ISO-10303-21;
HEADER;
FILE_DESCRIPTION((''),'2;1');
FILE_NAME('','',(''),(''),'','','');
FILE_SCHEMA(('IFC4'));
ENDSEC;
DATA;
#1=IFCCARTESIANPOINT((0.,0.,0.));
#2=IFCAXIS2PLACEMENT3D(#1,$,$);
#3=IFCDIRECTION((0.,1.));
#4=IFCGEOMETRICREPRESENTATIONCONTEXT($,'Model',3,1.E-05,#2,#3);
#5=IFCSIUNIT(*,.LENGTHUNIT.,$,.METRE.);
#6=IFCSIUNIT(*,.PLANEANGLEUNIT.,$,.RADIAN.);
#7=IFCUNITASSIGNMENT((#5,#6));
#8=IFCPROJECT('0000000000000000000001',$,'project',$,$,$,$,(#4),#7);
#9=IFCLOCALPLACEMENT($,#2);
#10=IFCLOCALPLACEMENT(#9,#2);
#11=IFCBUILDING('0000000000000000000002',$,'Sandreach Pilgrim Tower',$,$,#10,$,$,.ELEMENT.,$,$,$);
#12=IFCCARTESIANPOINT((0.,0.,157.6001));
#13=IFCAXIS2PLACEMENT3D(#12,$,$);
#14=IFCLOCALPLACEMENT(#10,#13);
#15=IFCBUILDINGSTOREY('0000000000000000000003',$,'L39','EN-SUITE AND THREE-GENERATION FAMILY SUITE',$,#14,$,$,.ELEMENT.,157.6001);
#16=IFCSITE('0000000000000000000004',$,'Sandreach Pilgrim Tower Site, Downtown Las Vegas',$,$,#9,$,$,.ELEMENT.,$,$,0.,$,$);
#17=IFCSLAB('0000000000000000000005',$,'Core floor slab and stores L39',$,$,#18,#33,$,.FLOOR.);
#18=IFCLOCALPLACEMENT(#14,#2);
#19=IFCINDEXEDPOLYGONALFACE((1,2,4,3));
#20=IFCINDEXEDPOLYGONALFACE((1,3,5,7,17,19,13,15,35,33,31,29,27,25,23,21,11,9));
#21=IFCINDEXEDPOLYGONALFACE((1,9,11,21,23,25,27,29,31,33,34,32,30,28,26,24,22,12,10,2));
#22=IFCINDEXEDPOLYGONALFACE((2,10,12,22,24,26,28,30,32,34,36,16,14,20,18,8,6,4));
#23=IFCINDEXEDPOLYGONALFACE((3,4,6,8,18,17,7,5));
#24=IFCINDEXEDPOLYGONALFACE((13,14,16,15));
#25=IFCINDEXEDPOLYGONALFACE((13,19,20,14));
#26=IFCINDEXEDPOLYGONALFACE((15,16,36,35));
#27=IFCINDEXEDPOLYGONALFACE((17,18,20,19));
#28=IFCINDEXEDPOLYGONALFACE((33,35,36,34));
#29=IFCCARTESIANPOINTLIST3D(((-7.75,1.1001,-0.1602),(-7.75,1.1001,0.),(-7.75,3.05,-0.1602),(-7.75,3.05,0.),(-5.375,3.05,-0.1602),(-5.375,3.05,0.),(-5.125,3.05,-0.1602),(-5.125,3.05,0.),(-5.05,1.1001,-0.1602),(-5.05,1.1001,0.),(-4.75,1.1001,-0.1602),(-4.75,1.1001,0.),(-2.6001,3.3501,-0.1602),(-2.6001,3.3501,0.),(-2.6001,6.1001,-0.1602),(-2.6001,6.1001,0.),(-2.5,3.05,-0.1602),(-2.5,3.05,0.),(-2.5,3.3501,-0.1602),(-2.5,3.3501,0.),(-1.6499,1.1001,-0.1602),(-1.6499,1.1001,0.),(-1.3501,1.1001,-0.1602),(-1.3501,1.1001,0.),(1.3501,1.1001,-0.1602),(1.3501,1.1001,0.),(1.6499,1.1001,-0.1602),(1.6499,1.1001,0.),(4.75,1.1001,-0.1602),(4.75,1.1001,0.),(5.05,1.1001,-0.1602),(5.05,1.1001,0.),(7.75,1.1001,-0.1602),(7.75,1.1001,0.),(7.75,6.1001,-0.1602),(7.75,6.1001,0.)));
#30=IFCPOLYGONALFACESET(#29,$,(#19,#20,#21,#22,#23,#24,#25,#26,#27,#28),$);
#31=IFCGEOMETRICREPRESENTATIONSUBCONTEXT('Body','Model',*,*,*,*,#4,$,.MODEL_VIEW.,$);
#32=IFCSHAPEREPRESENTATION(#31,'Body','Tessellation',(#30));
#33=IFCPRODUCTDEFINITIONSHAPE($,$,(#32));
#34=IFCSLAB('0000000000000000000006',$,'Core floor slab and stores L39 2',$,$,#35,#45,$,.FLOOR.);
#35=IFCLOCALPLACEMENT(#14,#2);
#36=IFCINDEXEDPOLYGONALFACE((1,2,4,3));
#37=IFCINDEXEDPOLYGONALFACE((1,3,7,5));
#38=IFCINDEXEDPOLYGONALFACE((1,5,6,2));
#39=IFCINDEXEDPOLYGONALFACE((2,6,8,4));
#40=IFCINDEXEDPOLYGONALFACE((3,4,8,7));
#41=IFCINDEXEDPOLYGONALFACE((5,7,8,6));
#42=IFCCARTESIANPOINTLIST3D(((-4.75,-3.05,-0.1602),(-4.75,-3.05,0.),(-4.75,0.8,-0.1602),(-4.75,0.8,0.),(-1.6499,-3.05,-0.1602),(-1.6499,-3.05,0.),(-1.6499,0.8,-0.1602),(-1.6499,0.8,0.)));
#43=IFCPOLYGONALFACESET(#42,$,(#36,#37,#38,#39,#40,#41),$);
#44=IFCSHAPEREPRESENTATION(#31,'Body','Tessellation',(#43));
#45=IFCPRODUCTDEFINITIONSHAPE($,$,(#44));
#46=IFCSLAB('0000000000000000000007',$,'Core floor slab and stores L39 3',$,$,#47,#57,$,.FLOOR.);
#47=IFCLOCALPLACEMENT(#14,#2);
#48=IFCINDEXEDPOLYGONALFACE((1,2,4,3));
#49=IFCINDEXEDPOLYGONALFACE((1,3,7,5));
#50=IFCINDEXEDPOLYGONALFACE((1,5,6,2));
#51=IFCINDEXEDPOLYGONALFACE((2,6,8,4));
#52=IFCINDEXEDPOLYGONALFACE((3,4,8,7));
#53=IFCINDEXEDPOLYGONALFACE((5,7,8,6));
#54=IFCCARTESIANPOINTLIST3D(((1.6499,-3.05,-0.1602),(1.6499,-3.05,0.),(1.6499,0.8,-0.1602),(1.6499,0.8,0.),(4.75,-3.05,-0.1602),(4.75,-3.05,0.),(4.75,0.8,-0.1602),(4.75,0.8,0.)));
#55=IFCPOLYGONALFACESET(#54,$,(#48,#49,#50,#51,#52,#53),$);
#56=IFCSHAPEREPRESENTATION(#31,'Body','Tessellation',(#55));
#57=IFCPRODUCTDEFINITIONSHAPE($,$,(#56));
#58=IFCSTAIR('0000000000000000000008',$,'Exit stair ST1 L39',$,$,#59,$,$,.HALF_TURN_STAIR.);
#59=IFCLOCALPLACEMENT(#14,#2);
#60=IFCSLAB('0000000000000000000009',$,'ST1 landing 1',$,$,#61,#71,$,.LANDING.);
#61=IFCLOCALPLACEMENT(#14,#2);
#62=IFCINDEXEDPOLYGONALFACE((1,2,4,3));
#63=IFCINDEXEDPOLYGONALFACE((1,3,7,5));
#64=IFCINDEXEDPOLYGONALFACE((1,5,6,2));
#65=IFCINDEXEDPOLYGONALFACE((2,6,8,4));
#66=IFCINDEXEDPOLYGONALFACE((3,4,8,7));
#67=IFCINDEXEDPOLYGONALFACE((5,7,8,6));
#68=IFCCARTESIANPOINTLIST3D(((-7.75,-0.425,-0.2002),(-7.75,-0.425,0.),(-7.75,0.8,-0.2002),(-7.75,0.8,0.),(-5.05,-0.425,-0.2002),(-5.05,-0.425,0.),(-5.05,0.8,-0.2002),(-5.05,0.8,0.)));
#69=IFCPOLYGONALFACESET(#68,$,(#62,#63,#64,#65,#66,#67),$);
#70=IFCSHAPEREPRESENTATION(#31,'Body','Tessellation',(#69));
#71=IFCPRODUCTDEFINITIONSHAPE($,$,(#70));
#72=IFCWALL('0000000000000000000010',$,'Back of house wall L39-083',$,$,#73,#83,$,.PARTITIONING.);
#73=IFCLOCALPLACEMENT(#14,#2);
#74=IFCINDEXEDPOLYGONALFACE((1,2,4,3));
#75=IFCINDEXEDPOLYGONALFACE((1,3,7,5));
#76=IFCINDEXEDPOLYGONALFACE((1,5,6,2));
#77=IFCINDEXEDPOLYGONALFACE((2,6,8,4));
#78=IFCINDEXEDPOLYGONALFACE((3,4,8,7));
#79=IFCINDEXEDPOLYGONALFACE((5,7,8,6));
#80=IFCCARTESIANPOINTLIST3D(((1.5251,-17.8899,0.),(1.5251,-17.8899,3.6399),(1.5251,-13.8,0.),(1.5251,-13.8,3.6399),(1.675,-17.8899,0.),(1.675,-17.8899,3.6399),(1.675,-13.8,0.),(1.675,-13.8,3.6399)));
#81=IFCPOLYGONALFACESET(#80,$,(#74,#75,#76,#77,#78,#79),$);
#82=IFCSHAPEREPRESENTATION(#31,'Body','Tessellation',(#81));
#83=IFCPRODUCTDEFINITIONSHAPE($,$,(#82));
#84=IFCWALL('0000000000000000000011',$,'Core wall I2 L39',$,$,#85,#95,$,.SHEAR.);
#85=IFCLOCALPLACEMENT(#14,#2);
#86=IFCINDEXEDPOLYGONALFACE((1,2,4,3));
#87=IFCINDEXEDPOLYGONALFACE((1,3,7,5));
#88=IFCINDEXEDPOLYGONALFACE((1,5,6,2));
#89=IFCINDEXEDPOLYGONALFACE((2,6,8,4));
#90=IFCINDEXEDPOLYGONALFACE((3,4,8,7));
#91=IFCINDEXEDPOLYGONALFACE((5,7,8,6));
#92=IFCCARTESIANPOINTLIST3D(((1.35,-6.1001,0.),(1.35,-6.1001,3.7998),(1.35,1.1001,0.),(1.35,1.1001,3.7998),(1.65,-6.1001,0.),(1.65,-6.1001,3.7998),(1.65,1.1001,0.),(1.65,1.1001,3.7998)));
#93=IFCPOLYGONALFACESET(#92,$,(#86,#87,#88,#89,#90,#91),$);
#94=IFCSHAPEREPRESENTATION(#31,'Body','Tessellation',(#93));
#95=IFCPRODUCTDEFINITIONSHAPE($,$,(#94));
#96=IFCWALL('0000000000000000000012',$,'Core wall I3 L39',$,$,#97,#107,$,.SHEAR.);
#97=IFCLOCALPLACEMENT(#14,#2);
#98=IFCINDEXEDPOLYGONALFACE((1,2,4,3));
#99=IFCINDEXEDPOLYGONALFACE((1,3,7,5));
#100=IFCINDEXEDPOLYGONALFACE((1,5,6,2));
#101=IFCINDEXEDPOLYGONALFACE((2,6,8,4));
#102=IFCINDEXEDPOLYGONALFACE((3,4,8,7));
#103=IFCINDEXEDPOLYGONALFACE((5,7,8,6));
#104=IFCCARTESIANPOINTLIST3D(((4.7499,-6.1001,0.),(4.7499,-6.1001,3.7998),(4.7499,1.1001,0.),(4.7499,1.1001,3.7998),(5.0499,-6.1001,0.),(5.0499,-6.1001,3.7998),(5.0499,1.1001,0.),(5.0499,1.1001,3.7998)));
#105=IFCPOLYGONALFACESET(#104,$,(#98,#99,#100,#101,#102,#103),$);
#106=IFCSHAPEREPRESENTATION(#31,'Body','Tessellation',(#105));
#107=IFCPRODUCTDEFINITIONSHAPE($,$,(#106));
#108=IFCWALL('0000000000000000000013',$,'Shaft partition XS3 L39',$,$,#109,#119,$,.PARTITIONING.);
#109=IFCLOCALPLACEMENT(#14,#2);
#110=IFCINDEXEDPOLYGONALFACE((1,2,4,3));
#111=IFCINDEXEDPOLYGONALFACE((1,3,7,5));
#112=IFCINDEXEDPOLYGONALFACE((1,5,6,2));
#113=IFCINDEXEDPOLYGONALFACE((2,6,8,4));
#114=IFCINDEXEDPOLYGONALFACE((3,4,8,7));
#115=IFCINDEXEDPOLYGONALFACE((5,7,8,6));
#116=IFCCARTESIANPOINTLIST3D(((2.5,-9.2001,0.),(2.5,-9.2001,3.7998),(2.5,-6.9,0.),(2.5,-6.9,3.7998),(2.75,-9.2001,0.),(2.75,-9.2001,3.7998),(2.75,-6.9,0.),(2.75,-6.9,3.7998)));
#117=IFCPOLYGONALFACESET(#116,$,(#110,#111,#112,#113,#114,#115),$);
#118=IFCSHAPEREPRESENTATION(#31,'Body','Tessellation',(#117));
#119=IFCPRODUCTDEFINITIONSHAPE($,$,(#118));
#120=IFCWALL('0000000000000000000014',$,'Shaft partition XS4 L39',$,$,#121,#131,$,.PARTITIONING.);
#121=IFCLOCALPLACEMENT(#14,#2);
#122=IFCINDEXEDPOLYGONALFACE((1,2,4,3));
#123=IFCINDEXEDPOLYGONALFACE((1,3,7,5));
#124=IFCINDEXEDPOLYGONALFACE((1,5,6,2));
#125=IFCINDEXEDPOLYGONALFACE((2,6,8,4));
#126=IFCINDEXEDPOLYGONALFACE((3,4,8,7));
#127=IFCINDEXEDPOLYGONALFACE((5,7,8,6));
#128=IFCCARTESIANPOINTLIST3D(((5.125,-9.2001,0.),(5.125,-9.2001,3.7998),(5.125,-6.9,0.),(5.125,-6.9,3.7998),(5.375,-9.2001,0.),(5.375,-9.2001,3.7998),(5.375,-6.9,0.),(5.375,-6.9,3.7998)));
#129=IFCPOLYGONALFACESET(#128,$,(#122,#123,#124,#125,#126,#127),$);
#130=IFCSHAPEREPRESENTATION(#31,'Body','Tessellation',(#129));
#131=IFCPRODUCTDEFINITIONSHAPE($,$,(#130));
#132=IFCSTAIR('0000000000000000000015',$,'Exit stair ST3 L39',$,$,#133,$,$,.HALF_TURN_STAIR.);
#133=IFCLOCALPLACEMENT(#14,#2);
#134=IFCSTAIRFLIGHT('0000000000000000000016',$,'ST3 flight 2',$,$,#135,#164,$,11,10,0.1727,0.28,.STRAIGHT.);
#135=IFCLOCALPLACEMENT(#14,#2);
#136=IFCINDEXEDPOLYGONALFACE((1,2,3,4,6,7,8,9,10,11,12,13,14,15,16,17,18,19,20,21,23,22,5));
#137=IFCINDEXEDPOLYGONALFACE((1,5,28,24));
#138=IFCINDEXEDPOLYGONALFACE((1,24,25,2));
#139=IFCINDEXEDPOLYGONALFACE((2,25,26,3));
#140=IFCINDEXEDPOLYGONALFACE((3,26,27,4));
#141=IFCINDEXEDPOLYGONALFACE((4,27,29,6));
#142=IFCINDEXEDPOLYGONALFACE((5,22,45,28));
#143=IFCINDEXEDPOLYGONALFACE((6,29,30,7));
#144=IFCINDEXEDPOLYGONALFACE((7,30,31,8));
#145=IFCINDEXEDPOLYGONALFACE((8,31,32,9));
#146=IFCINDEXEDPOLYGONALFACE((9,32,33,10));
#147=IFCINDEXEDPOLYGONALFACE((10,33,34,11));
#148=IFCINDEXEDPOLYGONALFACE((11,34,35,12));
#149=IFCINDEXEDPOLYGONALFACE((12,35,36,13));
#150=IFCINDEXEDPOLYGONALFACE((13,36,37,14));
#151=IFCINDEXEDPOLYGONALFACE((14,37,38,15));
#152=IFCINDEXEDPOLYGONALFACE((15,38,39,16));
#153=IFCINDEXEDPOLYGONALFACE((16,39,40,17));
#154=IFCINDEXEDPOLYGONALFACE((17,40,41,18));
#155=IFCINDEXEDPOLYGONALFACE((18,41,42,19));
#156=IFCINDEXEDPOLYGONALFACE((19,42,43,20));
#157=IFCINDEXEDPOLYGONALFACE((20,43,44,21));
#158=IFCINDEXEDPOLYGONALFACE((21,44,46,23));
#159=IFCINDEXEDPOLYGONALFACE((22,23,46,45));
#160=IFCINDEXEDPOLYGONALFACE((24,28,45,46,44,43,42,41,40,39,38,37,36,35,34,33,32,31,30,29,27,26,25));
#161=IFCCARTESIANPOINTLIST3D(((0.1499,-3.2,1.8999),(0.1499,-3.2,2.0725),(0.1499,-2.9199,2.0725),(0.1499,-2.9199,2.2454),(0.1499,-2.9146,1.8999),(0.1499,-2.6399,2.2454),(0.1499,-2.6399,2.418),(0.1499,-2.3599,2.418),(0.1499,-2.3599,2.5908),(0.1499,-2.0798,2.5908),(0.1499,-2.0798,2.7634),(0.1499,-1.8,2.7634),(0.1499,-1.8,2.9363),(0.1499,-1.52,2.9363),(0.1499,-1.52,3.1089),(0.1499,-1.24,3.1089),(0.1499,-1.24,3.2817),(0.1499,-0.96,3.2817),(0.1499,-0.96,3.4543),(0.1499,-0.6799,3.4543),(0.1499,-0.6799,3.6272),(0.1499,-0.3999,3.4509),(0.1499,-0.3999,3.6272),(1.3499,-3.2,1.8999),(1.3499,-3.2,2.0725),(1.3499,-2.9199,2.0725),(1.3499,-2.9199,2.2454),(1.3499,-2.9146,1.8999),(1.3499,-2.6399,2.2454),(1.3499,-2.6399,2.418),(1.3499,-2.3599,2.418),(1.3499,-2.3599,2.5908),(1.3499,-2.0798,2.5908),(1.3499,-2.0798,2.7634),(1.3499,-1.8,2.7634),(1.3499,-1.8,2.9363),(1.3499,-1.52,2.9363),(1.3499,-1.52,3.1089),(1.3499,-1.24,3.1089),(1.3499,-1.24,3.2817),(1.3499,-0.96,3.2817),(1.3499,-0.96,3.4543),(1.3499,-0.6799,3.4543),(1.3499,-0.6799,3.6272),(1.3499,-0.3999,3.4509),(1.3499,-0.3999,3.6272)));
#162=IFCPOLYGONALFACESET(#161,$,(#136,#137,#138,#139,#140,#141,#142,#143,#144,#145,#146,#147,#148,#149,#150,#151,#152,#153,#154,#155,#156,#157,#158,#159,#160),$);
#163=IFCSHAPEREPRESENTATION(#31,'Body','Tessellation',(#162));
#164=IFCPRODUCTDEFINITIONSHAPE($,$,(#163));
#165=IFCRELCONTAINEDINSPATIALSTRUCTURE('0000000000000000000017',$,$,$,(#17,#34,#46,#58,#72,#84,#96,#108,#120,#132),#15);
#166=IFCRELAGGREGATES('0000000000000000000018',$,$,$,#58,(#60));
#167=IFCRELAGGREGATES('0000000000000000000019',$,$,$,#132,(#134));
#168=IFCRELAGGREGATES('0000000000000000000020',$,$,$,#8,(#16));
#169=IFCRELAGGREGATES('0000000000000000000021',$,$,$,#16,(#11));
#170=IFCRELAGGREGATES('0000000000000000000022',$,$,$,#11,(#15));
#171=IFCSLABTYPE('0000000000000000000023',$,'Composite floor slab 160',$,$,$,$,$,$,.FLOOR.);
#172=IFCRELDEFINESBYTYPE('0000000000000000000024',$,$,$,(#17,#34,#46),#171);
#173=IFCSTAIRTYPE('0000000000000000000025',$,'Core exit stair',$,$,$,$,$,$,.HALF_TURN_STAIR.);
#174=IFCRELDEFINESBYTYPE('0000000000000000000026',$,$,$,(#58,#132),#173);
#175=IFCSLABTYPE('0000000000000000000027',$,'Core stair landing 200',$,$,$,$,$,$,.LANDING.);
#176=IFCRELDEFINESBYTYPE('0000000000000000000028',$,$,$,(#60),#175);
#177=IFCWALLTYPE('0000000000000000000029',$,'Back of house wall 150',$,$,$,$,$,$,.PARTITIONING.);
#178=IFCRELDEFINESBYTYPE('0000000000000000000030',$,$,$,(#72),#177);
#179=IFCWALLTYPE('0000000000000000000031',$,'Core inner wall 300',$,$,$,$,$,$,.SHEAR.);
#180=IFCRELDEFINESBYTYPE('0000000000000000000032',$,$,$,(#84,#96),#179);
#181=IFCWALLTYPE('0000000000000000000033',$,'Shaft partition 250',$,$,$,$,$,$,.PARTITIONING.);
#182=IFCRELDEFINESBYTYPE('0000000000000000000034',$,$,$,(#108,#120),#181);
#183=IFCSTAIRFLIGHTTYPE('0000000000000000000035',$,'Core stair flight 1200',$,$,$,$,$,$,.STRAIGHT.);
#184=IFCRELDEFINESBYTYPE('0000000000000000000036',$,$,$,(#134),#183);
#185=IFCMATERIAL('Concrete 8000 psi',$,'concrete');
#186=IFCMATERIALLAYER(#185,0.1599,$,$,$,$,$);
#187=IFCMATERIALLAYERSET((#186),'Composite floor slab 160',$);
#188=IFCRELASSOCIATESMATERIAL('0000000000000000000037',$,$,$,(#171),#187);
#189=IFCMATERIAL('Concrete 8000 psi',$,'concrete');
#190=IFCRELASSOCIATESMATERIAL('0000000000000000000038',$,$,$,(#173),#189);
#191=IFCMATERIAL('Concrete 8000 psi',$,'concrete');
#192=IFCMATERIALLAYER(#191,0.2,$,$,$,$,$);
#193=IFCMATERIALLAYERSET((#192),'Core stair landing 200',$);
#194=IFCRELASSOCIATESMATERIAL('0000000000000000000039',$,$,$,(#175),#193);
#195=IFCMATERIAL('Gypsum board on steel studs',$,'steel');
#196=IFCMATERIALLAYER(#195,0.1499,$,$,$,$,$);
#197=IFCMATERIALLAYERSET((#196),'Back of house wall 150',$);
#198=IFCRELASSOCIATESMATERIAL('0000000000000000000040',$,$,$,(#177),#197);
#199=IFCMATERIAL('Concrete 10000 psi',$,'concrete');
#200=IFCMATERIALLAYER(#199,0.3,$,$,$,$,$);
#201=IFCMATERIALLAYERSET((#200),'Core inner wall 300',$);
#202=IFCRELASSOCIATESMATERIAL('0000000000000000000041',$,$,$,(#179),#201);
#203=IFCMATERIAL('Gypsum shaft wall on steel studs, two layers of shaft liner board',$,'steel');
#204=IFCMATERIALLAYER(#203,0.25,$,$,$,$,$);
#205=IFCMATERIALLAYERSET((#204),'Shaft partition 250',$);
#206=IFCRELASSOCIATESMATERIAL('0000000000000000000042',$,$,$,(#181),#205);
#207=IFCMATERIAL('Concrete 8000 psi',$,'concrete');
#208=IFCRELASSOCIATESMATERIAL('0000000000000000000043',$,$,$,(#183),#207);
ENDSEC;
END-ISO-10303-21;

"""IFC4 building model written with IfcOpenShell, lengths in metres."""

from ifc_helpers import new_model, si_unit, direction, frame, frame_2d, origin, place, context, subcontext, project, spatial, polyline, rectangle, outline, extrude, material, layer, layer_set, type_object, element, aggregate, save


model = new_model("IFC4")

# Units and contexts
model_context = context("Model", 3, precision=1e-05, world=origin(), true_north=direction((0.0, 1.0)))
body_context = subcontext(model_context, "Body", "Model", "MODEL_VIEW")
ifc_project = project(units=[si_unit("LENGTHUNIT", "METRE"), si_unit("PLANEANGLEUNIT", "RADIAN")], contexts=[model_context])

# Site, building, storey
site_placement = place(None, origin())
site = spatial("IfcSite", under=ifc_project, at=site_placement, Name="Sandreach Pilgrim Tower Site, Downtown Las Vegas", CompositionType="ELEMENT", RefElevation=0.0)
building_placement = place(site_placement, origin())
building = spatial("IfcBuilding", under=site, at=building_placement, Name="Sandreach Pilgrim Tower", CompositionType="ELEMENT")
storey_placement = place(building_placement, frame((0.0, 0.0, 157.6001)))
storey = spatial("IfcBuildingStorey", under=building, at=storey_placement, Name="L39", Description="EN-SUITE AND THREE-GENERATION FAMILY SUITE", CompositionType="ELEMENT", Elevation=157.6001)

# Slabs
ifc_material_1 = material(Name="Concrete 8000 psi", Category="concrete")
ifc_layer_1 = layer(ifc_material_1, 0.1599)
ifc_layer_set_1 = layer_set([ifc_layer_1], Name="Composite floor slab 160")
slab_type_1 = type_object("IfcSlabType", Name="Composite floor slab 160", PredefinedType="FLOOR", material=ifc_layer_set_1)
slab_1_placement = place(storey_placement, frame((0.0, 0.0, -0.1602)))
element("IfcSlab", 1, at=slab_1_placement, inside=storey, type_object=slab_type_1, Name="Core floor slab and stores L39", PredefinedType="FLOOR", context=body_context, shape_type="SweptSolid", body=[
    extrude(outline(polyline([(-7.75, 3.05), (-5.375, 3.05), (-5.125, 3.05), (-2.5, 3.05), (-2.5, 3.3501), (-2.6001, 3.3501), (-2.6001, 6.1001), (7.75, 6.1001), (7.75, 1.1001), (5.05, 1.1001), (4.75, 1.1001), (1.6499, 1.1001), (1.3501, 1.1001), (-1.3501, 1.1001), (-1.6499, 1.1001), (-4.75, 1.1001), (-5.05, 1.1001), (-7.75, 1.1001), (-7.75, 3.05)])), origin(), (0.0, 0.0, 1.0), 0.1602),
])
slab_2_placement = place(storey_placement, frame((0.0, 0.0, -0.1602)))
element("IfcSlab", 2, at=slab_2_placement, inside=storey, type_object=slab_type_1, Name="Core floor slab and stores L39 2", PredefinedType="FLOOR", context=body_context, shape_type="SweptSolid", body=[
    extrude(outline(polyline([(-1.6499, -3.05), (-4.75, -3.05), (-4.75, 0.8), (-1.6499, 0.8), (-1.6499, -3.05)])), origin(), (0.0, 0.0, 1.0), 0.1602),
])
slab_3_placement = place(storey_placement, frame((0.0, 0.0, -0.1602)))
element("IfcSlab", 3, at=slab_3_placement, inside=storey, type_object=slab_type_1, Name="Core floor slab and stores L39 3", PredefinedType="FLOOR", context=body_context, shape_type="SweptSolid", body=[
    extrude(outline(polyline([(4.75, -3.05), (1.6499, -3.05), (1.6499, 0.8), (4.75, 0.8), (4.75, -3.05)])), origin(), (0.0, 0.0, 1.0), 0.1602),
])

# Stair, slab
ifc_material_2 = material(Name="Concrete 8000 psi", Category="concrete")
stair_type = type_object("IfcStairType", Name="Core exit stair", PredefinedType="HALF_TURN_STAIR", material=ifc_material_2)
stair_1_placement = place(storey_placement, origin())
stair_1 = element("IfcStair", 4, at=stair_1_placement, inside=storey, type_object=stair_type, Name="Exit stair ST1 L39", PredefinedType="HALF_TURN_STAIR")
ifc_material_3 = material(Name="Concrete 8000 psi", Category="concrete")
ifc_layer_2 = layer(ifc_material_3, 0.2)
ifc_layer_set_2 = layer_set([ifc_layer_2], Name="Core stair landing 200")
slab_type_2 = type_object("IfcSlabType", Name="Core stair landing 200", PredefinedType="LANDING", material=ifc_layer_set_2)
slab_4_placement = place(storey_placement, frame((0.0, 0.0, -0.2002)))
slab_4 = element("IfcSlab", 5, at=slab_4_placement, type_object=slab_type_2, Name="ST1 landing 1", PredefinedType="LANDING", context=body_context, shape_type="SweptSolid", body=[
    extrude(outline(polyline([(-7.75, -0.425), (-5.05, -0.425), (-5.05, 0.8), (-7.75, 0.8), (-7.75, -0.425)])), origin(), (0.0, 0.0, 1.0), 0.2002),
])
aggregate(stair_1, [slab_4])

# Walls
ifc_material_4 = material(Name="Gypsum board on steel studs", Category="steel")
ifc_layer_3 = layer(ifc_material_4, 0.1499)
ifc_layer_set_3 = layer_set([ifc_layer_3], Name="Back of house wall 150")
wall_type_1 = type_object("IfcWallType", Name="Back of house wall 150", PredefinedType="PARTITIONING", material=ifc_layer_set_3)
wall_1_placement = place(storey_placement, frame((1.6001, -13.8, 0.0), z_axis=(0.0, 0.0, 1.0), x_axis=(0.0, -1.0, 0.0)))
element("IfcWall", 6, at=wall_1_placement, inside=storey, type_object=wall_type_1, Name="Back of house wall L39-083", PredefinedType="PARTITIONING", context=body_context, shape_type="SweptSolid", body=[
    extrude(rectangle(XDim=4.0898, YDim=0.1499, at=frame_2d((2.0449, 0.0))), origin(), (0.0, 0.0, 1.0), 3.6399),
])
ifc_material_5 = material(Name="Concrete 10000 psi", Category="concrete")
ifc_layer_4 = layer(ifc_material_5, 0.3)
ifc_layer_set_4 = layer_set([ifc_layer_4], Name="Core inner wall 300")
wall_type_2 = type_object("IfcWallType", Name="Core inner wall 300", PredefinedType="SHEAR", material=ifc_layer_set_4)
for number, where, z_axis, x_axis, name in (
    (7, (1.5, -6.1001, 0.0), (0.0, 0.0, 1.0), (0.0, 1.0, 0.0), "Core wall I2 L39"),
    (8, (4.8999, -6.1001, 0.0), (0.0, 0.0, 1.0), (0.0, 1.0, 0.0), "Core wall I3 L39"),
):
    element("IfcWall", number, at=place(storey_placement, frame(where, z_axis=z_axis, x_axis=x_axis)), inside=storey, type_object=wall_type_2, Name=name, PredefinedType="SHEAR", context=body_context, shape_type="SweptSolid", body=[
        extrude(rectangle(XDim=7.2002, YDim=0.3, at=frame_2d((3.6001, 0.0))), origin(), (0.0, 0.0, 1.0), 3.7998),
    ])

# Walls
ifc_material_6 = material(Name="Gypsum shaft wall on steel studs, two layers of shaft liner board", Category="steel")
ifc_layer_5 = layer(ifc_material_6, 0.25)
ifc_layer_set_5 = layer_set([ifc_layer_5], Name="Shaft partition 250")
wall_type_3 = type_object("IfcWallType", Name="Shaft partition 250", PredefinedType="PARTITIONING", material=ifc_layer_set_5)
for number, where, z_axis, x_axis, name in (
    (9, (2.625, -9.2, 0.0), (0.0, 0.0, 1.0), (0.0, 1.0, 0.0), "Shaft partition XS3 L39"),
    (10, (5.25, -9.2, 0.0), (0.0, 0.0, 1.0), (0.0, 1.0, 0.0), "Shaft partition XS4 L39"),
):
    element("IfcWall", number, at=place(storey_placement, frame(where, z_axis=z_axis, x_axis=x_axis)), inside=storey, type_object=wall_type_3, Name=name, PredefinedType="PARTITIONING", context=body_context, shape_type="SweptSolid", body=[
        extrude(rectangle(XDim=2.3, YDim=0.25, at=frame_2d((1.1499, 0.0))), origin(), (0.0, 0.0, 1.0), 3.7998),
    ])

# Stair, stair flight
stair_2_placement = place(storey_placement, origin())
stair_2 = element("IfcStair", 11, at=stair_2_placement, inside=storey, type_object=stair_type, Name="Exit stair ST3 L39", PredefinedType="HALF_TURN_STAIR")
ifc_material_7 = material(Name="Concrete 8000 psi", Category="concrete")
stair_flight_type = type_object("IfcStairFlightType", Name="Core stair flight 1200", PredefinedType="STRAIGHT", material=ifc_material_7)
stair_flight_1_placement = place(storey_placement, frame((0.75, -3.2, 1.8999), z_axis=(0.0, 0.0, 1.0), x_axis=(0.0, 1.0, 0.0)))
stair_flight_1 = element("IfcStairFlight", 12, at=stair_flight_1_placement, type_object=stair_flight_type, Name="ST3 flight 2", NumberOfRisers=11, NumberOfTreads=10, PredefinedType="STRAIGHT", RiserHeight=0.1727, TreadLength=0.28, context=body_context, shape_type="SweptSolid", body=[
    extrude(outline(polyline([(0.0, 0.0), (0.0, 0.1726), (0.28, 0.1726), (0.28, 0.3455), (0.5601, 0.3455), (0.5601, 0.5181), (0.8401, 0.5181), (0.8401, 0.6909), (1.1201, 0.6909), (1.1201, 0.8635), (1.3999, 0.8635), (1.3999, 1.0364), (1.6799, 1.0364), (1.6799, 1.209), (1.96, 1.209), (1.96, 1.3818), (2.24, 1.3818), (2.24, 1.5544), (2.52, 1.5544), (2.52, 1.7273), (2.8, 1.7273), (2.8, 1.8999), (2.8, 1.551), (0.2854, 0.0), (0.0, 0.0)])), frame((0.0, 0.6001, 0.0), z_axis=(0.0, -1.0, 0.0), x_axis=(1.0, 0.0, 0.0)), (0.0, 0.0, 1.0), 1.2),
])
aggregate(stair_2, [stair_flight_1])

save(model, "model.ifc")
